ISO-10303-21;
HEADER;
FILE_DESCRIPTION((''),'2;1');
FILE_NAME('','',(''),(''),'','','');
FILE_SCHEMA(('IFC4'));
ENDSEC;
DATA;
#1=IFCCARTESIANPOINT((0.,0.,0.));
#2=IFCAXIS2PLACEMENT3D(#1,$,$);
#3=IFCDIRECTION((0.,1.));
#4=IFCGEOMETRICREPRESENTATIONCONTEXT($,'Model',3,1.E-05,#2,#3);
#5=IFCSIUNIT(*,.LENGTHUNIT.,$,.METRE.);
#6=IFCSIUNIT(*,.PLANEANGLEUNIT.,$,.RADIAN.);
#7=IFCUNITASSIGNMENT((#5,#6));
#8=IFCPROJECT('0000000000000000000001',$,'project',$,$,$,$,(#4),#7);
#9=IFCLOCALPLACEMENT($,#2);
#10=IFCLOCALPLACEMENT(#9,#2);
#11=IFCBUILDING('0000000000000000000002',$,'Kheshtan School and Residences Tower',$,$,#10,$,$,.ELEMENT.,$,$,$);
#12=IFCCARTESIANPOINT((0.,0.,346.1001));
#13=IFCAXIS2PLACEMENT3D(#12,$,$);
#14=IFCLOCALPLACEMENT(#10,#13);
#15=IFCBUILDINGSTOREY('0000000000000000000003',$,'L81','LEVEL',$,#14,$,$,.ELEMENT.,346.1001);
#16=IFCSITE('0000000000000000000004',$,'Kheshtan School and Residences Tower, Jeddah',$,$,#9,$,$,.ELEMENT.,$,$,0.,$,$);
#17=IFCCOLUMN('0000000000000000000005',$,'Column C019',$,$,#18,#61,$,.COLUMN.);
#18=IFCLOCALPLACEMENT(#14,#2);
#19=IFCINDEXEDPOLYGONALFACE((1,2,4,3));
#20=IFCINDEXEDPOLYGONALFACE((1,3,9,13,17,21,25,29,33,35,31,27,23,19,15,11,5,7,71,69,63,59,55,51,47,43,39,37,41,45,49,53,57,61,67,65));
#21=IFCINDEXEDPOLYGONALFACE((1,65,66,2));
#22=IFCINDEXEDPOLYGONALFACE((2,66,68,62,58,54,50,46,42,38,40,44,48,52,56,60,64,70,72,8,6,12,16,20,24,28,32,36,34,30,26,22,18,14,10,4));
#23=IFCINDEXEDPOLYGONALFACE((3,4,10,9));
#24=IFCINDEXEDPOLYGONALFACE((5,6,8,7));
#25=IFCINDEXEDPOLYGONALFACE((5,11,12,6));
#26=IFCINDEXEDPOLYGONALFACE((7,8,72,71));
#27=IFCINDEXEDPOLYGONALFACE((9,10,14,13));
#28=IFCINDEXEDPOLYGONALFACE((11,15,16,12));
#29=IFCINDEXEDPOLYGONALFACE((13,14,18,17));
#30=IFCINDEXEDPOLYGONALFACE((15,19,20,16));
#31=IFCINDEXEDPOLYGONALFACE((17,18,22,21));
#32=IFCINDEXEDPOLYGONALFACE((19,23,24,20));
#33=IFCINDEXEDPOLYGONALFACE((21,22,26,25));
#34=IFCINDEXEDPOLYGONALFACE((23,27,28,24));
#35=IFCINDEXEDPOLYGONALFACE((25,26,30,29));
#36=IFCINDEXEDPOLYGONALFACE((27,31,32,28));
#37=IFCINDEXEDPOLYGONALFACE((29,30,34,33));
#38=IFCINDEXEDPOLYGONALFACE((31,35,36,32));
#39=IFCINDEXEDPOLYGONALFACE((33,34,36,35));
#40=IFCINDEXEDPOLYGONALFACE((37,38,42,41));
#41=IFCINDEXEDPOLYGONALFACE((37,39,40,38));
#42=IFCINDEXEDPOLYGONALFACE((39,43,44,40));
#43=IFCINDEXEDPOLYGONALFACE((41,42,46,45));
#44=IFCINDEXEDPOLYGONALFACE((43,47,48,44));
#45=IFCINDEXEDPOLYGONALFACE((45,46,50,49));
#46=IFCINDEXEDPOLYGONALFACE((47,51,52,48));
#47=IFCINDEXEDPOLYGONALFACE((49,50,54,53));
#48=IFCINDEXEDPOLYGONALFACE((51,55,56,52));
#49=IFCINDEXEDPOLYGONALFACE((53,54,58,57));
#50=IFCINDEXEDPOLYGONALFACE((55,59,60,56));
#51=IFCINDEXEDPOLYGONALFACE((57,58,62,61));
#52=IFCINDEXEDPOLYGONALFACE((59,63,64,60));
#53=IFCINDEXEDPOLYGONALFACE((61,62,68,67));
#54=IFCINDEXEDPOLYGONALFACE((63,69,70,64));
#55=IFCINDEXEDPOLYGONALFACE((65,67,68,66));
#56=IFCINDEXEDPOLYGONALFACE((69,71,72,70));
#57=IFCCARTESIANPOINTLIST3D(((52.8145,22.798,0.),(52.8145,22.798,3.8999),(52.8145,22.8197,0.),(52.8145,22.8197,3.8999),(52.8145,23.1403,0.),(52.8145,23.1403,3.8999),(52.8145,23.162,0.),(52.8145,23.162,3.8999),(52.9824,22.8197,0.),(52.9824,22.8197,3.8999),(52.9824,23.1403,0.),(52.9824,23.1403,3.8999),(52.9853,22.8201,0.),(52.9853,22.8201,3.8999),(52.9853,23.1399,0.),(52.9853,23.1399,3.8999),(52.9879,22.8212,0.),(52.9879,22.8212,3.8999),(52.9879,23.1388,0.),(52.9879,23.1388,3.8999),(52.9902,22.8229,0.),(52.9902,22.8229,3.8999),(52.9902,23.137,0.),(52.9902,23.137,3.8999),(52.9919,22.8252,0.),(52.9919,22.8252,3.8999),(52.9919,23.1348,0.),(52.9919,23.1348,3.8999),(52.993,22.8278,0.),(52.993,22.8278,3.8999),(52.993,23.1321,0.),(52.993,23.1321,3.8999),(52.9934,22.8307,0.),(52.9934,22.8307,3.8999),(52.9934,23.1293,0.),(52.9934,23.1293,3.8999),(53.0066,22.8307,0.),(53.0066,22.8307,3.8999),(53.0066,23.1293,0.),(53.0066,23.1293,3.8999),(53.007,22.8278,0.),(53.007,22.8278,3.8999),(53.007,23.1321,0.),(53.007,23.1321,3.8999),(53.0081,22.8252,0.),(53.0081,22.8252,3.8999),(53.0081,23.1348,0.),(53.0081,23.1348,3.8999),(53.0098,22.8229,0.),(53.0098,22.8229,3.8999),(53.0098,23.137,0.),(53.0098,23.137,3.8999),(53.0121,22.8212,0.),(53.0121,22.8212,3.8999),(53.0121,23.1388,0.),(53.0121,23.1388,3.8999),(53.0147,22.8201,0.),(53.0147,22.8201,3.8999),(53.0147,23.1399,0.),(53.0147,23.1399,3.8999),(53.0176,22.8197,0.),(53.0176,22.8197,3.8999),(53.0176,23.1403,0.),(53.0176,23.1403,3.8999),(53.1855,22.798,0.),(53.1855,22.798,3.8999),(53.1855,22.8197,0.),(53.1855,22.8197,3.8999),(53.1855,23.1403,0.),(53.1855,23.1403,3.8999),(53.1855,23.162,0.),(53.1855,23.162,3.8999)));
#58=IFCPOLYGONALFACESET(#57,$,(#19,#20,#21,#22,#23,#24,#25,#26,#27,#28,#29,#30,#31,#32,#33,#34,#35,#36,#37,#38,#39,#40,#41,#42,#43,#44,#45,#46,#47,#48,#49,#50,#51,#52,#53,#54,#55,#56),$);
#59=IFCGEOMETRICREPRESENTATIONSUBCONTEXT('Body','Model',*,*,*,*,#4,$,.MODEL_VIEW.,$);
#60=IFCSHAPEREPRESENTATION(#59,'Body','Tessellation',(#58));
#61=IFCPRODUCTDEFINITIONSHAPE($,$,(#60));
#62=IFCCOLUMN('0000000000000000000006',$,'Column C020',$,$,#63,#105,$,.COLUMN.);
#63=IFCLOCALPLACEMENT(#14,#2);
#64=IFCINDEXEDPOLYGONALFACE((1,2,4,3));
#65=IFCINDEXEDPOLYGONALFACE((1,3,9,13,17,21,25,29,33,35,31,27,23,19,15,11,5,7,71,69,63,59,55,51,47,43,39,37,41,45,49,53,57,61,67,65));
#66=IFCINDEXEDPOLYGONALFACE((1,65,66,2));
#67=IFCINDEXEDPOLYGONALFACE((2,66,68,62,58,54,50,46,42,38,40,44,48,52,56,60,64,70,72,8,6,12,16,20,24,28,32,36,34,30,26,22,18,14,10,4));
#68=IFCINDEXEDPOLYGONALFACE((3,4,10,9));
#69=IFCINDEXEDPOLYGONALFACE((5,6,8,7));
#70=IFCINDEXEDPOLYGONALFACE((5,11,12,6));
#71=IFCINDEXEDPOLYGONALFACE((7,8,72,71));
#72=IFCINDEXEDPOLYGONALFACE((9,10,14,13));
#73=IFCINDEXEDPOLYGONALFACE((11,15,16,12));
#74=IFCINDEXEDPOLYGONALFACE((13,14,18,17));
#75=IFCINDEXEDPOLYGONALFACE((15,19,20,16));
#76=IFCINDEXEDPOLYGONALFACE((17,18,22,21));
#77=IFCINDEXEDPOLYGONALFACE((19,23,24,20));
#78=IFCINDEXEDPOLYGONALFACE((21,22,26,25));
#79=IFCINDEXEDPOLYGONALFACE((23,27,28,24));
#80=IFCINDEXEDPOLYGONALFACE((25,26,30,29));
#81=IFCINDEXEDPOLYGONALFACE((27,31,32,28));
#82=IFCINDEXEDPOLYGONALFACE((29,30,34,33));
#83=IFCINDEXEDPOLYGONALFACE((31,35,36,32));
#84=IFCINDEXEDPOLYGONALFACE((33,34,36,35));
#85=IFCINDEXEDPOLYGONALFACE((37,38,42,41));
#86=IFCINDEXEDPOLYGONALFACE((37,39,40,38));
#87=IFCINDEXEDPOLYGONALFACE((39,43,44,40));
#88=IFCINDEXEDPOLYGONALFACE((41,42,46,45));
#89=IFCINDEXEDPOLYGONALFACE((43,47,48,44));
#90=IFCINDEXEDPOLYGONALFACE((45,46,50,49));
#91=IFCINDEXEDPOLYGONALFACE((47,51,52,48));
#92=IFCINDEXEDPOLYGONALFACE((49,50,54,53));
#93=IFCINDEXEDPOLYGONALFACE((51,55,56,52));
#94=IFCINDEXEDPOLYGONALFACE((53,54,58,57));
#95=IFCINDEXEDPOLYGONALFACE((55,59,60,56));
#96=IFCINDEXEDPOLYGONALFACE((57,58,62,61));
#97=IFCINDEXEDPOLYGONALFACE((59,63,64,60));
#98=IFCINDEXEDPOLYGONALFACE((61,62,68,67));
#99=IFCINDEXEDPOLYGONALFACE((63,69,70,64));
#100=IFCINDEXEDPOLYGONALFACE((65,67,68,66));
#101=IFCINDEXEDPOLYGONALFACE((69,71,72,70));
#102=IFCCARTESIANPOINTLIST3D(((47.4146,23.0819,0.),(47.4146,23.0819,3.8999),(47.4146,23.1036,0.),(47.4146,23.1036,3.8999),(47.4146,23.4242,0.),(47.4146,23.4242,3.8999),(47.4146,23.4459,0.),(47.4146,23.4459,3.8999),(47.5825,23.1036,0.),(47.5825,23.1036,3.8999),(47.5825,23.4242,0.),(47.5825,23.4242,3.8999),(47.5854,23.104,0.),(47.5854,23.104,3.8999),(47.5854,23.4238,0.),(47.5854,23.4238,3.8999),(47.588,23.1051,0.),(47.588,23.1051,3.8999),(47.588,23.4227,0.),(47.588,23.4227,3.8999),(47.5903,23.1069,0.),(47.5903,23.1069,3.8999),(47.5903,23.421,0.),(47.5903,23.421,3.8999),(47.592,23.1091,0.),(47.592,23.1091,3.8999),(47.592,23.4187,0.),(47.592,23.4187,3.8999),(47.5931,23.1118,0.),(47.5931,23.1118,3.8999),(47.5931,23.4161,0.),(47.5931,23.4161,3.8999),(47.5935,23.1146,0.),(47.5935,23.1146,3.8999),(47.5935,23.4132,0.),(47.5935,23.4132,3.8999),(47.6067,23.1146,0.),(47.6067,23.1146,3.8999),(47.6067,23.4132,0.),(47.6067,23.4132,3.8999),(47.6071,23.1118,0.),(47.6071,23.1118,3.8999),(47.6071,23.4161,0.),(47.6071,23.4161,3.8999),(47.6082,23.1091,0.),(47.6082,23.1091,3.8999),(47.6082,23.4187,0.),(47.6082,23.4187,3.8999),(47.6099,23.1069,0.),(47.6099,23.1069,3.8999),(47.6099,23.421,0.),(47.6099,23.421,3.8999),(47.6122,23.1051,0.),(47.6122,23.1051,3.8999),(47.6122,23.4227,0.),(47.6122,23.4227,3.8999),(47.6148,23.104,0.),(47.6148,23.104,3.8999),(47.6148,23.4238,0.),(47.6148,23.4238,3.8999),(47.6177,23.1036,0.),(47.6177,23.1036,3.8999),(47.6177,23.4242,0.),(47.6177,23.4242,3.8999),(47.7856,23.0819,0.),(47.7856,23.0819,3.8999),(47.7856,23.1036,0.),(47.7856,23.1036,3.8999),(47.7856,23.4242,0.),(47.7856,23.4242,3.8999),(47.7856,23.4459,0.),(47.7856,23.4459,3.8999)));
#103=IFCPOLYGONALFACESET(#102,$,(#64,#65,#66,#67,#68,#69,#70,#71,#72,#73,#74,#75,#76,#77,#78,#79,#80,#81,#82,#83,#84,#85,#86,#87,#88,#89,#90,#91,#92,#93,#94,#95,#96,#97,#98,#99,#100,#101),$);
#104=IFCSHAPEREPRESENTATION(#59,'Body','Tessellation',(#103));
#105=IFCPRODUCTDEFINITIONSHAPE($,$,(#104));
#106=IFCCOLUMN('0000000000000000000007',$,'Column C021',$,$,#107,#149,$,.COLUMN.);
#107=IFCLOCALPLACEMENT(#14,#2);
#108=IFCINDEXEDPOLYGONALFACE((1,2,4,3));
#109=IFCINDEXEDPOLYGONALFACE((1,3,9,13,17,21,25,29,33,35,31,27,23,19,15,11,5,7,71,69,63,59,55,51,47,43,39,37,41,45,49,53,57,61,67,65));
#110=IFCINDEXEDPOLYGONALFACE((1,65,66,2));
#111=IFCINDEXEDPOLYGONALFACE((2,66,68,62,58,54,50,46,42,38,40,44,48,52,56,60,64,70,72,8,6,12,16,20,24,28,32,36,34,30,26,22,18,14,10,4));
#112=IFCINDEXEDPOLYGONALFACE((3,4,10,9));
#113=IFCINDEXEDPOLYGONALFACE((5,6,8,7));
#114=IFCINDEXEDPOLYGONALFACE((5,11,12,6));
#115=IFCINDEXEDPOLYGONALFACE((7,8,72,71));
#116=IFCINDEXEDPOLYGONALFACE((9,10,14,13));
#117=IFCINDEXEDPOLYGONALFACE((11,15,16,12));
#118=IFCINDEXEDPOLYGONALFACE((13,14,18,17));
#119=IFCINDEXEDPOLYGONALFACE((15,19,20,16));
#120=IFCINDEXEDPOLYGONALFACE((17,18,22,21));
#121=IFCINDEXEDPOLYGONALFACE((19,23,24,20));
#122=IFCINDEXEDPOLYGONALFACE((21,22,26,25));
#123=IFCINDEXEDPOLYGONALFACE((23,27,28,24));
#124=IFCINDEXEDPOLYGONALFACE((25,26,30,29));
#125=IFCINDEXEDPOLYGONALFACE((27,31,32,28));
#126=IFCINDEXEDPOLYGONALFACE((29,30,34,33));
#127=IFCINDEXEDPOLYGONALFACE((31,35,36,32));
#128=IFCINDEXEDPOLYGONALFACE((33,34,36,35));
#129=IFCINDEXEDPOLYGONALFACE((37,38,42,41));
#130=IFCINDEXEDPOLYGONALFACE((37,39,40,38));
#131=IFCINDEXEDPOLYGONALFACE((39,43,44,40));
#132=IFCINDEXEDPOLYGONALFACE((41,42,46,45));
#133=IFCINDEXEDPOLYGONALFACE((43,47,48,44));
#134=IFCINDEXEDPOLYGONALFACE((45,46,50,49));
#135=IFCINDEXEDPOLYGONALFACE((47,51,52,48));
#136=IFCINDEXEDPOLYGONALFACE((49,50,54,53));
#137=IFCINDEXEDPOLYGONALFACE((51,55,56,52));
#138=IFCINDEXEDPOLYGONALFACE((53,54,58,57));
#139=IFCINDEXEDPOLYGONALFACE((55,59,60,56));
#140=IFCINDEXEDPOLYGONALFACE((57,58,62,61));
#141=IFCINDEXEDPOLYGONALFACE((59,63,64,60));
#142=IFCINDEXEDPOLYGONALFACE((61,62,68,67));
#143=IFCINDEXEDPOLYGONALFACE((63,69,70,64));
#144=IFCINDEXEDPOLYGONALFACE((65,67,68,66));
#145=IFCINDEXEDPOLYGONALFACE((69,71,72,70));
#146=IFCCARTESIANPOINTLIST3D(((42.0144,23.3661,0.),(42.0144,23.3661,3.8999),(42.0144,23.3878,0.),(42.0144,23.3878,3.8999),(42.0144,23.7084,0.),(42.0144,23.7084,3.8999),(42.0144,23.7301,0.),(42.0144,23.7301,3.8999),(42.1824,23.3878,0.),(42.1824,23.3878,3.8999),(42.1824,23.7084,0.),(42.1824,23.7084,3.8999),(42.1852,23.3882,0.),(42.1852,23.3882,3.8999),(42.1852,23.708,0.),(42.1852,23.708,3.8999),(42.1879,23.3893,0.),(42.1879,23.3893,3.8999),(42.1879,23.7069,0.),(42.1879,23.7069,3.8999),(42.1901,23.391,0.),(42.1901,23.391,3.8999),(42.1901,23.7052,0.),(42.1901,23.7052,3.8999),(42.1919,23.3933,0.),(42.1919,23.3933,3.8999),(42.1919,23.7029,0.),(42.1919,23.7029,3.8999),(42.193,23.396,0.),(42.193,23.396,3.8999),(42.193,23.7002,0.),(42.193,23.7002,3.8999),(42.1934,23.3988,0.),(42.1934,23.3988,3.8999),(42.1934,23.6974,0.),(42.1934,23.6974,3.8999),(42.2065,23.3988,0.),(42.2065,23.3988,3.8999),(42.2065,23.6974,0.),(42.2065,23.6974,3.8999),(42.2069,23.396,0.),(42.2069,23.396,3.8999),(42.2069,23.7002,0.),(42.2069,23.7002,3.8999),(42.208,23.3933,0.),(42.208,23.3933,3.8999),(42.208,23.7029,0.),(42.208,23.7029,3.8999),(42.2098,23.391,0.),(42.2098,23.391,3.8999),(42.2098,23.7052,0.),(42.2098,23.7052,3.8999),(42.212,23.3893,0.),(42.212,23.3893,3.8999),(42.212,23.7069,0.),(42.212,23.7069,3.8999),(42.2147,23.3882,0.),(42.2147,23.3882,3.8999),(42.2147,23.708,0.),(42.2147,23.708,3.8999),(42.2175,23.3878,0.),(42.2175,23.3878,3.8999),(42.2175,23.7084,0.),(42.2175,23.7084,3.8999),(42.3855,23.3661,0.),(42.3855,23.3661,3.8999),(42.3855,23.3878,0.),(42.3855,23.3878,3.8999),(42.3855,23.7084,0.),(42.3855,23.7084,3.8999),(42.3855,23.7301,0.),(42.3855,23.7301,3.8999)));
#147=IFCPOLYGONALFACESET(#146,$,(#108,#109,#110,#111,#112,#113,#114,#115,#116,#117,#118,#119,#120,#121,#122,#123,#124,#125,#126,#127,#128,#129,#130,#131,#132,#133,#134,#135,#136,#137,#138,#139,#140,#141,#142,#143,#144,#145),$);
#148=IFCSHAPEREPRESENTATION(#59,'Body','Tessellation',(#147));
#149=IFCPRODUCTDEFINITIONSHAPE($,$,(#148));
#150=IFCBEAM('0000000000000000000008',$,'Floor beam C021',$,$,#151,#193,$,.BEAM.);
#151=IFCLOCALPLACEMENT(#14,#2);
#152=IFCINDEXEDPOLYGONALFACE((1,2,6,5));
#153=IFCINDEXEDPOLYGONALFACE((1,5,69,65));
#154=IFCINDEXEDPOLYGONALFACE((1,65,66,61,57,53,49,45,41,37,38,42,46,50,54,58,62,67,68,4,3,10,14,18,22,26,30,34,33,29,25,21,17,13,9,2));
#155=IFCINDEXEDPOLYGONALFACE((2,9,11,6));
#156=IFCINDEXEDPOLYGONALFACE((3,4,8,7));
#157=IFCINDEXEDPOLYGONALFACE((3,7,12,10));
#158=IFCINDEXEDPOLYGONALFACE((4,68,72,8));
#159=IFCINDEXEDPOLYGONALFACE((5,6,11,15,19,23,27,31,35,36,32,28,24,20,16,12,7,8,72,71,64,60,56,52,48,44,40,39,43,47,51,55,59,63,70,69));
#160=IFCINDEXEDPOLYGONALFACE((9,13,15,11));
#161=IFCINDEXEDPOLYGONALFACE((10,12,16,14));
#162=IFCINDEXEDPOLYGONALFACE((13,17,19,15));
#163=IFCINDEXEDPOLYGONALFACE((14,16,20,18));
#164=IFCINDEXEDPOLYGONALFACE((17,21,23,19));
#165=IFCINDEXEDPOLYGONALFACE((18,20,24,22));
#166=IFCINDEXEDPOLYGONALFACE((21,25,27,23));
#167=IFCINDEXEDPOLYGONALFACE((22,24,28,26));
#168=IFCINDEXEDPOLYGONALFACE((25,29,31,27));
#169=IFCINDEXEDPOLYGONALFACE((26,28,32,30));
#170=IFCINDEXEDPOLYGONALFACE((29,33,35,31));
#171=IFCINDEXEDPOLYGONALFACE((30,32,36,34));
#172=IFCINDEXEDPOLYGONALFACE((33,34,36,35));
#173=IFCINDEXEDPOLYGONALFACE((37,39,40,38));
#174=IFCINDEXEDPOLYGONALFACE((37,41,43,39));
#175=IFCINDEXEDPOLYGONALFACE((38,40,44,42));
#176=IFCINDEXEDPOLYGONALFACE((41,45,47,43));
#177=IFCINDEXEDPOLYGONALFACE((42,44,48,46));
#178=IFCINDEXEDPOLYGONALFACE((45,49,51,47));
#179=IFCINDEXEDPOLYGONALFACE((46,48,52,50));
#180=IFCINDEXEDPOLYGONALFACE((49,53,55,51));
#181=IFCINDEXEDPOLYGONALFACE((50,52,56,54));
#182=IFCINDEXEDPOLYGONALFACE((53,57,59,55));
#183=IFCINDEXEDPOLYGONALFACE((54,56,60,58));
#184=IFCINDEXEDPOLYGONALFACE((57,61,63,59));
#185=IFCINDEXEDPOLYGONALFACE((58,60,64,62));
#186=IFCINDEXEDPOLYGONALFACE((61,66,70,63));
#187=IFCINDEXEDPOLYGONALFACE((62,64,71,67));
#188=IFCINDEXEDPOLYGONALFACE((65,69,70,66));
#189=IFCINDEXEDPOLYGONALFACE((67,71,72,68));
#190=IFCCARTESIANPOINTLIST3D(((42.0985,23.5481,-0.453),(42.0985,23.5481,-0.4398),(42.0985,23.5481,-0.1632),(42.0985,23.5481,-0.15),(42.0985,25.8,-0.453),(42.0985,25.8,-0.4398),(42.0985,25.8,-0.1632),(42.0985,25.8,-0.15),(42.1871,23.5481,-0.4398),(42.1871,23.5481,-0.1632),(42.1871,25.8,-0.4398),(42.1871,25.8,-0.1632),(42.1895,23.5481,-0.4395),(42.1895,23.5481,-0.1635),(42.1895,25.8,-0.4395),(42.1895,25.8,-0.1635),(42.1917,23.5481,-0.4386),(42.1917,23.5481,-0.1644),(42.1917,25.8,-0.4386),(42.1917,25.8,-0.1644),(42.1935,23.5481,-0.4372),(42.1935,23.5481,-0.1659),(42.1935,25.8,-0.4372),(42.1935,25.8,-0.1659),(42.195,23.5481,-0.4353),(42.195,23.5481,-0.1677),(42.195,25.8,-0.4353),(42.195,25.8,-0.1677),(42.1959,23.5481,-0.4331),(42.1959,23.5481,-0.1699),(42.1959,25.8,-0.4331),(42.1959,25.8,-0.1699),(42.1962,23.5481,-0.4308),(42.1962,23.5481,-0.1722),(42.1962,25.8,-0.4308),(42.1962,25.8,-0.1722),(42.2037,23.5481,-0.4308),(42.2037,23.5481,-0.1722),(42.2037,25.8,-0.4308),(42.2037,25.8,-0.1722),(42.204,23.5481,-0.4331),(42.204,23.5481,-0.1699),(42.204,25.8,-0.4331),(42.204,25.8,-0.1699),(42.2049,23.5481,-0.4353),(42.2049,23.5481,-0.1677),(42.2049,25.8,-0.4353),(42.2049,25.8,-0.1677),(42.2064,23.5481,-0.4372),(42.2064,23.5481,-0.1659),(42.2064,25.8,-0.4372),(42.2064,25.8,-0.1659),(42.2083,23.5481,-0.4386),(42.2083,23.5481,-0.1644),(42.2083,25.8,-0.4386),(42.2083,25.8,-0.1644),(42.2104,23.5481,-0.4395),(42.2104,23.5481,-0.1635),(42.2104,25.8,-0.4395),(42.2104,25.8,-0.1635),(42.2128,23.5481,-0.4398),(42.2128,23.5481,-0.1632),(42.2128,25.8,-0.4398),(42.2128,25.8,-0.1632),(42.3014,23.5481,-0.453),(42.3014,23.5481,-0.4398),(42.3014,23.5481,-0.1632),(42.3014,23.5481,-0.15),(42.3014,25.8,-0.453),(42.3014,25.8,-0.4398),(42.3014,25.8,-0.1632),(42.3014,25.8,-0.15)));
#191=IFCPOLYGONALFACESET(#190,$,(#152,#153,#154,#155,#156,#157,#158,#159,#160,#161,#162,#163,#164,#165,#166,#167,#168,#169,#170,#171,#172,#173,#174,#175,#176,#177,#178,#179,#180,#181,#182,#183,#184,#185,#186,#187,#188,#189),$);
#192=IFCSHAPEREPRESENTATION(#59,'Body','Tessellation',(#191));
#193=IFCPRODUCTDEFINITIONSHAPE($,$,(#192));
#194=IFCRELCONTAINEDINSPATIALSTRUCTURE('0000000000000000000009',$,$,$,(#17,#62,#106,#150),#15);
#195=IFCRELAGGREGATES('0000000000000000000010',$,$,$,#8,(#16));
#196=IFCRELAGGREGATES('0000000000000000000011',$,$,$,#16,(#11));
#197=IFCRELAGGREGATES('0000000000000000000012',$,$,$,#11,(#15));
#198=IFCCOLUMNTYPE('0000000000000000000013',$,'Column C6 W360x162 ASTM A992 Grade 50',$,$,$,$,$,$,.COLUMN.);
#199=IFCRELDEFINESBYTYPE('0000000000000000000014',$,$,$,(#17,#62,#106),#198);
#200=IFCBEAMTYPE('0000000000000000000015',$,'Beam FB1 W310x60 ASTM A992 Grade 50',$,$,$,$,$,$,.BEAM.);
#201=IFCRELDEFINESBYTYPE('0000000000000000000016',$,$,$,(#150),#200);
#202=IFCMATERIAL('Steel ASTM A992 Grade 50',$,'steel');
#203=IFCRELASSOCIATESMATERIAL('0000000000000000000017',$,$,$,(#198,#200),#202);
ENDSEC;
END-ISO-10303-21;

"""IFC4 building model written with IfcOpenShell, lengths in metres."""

from ifc_helpers import new_model, si_unit, direction, frame, origin, origin_2d, place, context, subcontext, project, spatial, i_section, extrude, material, material_profile, profile_set, type_object, element, save


model = new_model("IFC4")

# Units and contexts
model_context = context("Model", 3, precision=1e-05, world=origin(), true_north=direction((0.0, 1.0)))
body_context = subcontext(model_context, "Body", "Model", "MODEL_VIEW")
ifc_project = project(units=[si_unit("LENGTHUNIT", "METRE"), si_unit("PLANEANGLEUNIT", "RADIAN")], contexts=[model_context])

# Site, building, storey
site_placement = place(None, origin())
site = spatial("IfcSite", under=ifc_project, at=site_placement, Name="Kheshtan School and Residences Tower, Jeddah", CompositionType="ELEMENT", RefElevation=0.0)
building_placement = place(site_placement, origin())
building = spatial("IfcBuilding", under=site, at=building_placement, Name="Kheshtan School and Residences Tower", CompositionType="ELEMENT")
storey_placement = place(building_placement, frame((0.0, 0.0, 346.1001)))
storey = spatial("IfcBuildingStorey", under=building, at=storey_placement, Name="L81", Description="LEVEL", CompositionType="ELEMENT", Elevation=346.1001)

# Columns
ifc_material_1 = material(Name="Steel ASTM A992 Grade 50", Category="steel")
ifc_material_profile_1 = material_profile(ifc_material_1, i_section(OverallWidth=0.3711, OverallDepth=0.364, WebThickness=0.0132, FlangeThickness=0.0217, FilletRadius=0.011, at=origin_2d()), Name="W360x162")
ifc_profile_set_1 = profile_set([ifc_material_profile_1], Name="Steel ASTM A992 Grade 50")
column_type = type_object("IfcColumnType", Name="Column C6 W360x162 ASTM A992 Grade 50", PredefinedType="COLUMN", material=ifc_profile_set_1)
for number, where, z_axis, x_axis, name in (
    (1, (53.0, 22.98, 0.0), (0.0, 0.0, 1.0), (1.0, 0.0, 0.0), "Column C019"),
    (2, (47.6001, 23.2639, 0.0), (0.0, 0.0, 1.0), (1.0, 0.0, 0.0), "Column C020"),
    (3, (42.2, 23.5481, 0.0), (0.0, 0.0, 1.0), (1.0, 0.0, 0.0), "Column C021"),
):
    element("IfcColumn", number, at=place(storey_placement, frame(where, z_axis=z_axis, x_axis=x_axis)), inside=storey, type_object=column_type, Name=name, PredefinedType="COLUMN", context=body_context, shape_type="SweptSolid", body=[
        extrude(i_section(OverallWidth=0.3711, OverallDepth=0.364, WebThickness=0.0132, FlangeThickness=0.0217, FilletRadius=0.011, at=origin_2d()), origin(), (0.0, 0.0, 1.0), 3.8999),
    ])

# Beam
ifc_material_profile_2 = material_profile(ifc_material_1, i_section(OverallWidth=0.2029, OverallDepth=0.303, WebThickness=0.0076, FlangeThickness=0.0132, FilletRadius=0.009, at=origin_2d()), Name="W310x60")
ifc_profile_set_2 = profile_set([ifc_material_profile_2], Name="Steel ASTM A992 Grade 50")
beam_type_1 = type_object("IfcBeamType", Name="Beam FB1 W310x60 ASTM A992 Grade 50", PredefinedType="BEAM", material=ifc_profile_set_2)
beam_1_placement = place(storey_placement, frame((42.2, 23.5481, -0.3015), z_axis=(0.0, 1.0, 0.0), x_axis=(-1.0, 0.0, 0.0)))
element("IfcBeam", 4, at=beam_1_placement, inside=storey, type_object=beam_type_1, Name="Floor beam C021", PredefinedType="BEAM", context=body_context, shape_type="SweptSolid", body=[
    extrude(i_section(OverallWidth=0.2029, OverallDepth=0.303, WebThickness=0.0076, FlangeThickness=0.0132, FilletRadius=0.009, at=origin_2d()), origin(), (0.0, 0.0, 1.0), 2.252),
])

save(model, "model.ifc")
